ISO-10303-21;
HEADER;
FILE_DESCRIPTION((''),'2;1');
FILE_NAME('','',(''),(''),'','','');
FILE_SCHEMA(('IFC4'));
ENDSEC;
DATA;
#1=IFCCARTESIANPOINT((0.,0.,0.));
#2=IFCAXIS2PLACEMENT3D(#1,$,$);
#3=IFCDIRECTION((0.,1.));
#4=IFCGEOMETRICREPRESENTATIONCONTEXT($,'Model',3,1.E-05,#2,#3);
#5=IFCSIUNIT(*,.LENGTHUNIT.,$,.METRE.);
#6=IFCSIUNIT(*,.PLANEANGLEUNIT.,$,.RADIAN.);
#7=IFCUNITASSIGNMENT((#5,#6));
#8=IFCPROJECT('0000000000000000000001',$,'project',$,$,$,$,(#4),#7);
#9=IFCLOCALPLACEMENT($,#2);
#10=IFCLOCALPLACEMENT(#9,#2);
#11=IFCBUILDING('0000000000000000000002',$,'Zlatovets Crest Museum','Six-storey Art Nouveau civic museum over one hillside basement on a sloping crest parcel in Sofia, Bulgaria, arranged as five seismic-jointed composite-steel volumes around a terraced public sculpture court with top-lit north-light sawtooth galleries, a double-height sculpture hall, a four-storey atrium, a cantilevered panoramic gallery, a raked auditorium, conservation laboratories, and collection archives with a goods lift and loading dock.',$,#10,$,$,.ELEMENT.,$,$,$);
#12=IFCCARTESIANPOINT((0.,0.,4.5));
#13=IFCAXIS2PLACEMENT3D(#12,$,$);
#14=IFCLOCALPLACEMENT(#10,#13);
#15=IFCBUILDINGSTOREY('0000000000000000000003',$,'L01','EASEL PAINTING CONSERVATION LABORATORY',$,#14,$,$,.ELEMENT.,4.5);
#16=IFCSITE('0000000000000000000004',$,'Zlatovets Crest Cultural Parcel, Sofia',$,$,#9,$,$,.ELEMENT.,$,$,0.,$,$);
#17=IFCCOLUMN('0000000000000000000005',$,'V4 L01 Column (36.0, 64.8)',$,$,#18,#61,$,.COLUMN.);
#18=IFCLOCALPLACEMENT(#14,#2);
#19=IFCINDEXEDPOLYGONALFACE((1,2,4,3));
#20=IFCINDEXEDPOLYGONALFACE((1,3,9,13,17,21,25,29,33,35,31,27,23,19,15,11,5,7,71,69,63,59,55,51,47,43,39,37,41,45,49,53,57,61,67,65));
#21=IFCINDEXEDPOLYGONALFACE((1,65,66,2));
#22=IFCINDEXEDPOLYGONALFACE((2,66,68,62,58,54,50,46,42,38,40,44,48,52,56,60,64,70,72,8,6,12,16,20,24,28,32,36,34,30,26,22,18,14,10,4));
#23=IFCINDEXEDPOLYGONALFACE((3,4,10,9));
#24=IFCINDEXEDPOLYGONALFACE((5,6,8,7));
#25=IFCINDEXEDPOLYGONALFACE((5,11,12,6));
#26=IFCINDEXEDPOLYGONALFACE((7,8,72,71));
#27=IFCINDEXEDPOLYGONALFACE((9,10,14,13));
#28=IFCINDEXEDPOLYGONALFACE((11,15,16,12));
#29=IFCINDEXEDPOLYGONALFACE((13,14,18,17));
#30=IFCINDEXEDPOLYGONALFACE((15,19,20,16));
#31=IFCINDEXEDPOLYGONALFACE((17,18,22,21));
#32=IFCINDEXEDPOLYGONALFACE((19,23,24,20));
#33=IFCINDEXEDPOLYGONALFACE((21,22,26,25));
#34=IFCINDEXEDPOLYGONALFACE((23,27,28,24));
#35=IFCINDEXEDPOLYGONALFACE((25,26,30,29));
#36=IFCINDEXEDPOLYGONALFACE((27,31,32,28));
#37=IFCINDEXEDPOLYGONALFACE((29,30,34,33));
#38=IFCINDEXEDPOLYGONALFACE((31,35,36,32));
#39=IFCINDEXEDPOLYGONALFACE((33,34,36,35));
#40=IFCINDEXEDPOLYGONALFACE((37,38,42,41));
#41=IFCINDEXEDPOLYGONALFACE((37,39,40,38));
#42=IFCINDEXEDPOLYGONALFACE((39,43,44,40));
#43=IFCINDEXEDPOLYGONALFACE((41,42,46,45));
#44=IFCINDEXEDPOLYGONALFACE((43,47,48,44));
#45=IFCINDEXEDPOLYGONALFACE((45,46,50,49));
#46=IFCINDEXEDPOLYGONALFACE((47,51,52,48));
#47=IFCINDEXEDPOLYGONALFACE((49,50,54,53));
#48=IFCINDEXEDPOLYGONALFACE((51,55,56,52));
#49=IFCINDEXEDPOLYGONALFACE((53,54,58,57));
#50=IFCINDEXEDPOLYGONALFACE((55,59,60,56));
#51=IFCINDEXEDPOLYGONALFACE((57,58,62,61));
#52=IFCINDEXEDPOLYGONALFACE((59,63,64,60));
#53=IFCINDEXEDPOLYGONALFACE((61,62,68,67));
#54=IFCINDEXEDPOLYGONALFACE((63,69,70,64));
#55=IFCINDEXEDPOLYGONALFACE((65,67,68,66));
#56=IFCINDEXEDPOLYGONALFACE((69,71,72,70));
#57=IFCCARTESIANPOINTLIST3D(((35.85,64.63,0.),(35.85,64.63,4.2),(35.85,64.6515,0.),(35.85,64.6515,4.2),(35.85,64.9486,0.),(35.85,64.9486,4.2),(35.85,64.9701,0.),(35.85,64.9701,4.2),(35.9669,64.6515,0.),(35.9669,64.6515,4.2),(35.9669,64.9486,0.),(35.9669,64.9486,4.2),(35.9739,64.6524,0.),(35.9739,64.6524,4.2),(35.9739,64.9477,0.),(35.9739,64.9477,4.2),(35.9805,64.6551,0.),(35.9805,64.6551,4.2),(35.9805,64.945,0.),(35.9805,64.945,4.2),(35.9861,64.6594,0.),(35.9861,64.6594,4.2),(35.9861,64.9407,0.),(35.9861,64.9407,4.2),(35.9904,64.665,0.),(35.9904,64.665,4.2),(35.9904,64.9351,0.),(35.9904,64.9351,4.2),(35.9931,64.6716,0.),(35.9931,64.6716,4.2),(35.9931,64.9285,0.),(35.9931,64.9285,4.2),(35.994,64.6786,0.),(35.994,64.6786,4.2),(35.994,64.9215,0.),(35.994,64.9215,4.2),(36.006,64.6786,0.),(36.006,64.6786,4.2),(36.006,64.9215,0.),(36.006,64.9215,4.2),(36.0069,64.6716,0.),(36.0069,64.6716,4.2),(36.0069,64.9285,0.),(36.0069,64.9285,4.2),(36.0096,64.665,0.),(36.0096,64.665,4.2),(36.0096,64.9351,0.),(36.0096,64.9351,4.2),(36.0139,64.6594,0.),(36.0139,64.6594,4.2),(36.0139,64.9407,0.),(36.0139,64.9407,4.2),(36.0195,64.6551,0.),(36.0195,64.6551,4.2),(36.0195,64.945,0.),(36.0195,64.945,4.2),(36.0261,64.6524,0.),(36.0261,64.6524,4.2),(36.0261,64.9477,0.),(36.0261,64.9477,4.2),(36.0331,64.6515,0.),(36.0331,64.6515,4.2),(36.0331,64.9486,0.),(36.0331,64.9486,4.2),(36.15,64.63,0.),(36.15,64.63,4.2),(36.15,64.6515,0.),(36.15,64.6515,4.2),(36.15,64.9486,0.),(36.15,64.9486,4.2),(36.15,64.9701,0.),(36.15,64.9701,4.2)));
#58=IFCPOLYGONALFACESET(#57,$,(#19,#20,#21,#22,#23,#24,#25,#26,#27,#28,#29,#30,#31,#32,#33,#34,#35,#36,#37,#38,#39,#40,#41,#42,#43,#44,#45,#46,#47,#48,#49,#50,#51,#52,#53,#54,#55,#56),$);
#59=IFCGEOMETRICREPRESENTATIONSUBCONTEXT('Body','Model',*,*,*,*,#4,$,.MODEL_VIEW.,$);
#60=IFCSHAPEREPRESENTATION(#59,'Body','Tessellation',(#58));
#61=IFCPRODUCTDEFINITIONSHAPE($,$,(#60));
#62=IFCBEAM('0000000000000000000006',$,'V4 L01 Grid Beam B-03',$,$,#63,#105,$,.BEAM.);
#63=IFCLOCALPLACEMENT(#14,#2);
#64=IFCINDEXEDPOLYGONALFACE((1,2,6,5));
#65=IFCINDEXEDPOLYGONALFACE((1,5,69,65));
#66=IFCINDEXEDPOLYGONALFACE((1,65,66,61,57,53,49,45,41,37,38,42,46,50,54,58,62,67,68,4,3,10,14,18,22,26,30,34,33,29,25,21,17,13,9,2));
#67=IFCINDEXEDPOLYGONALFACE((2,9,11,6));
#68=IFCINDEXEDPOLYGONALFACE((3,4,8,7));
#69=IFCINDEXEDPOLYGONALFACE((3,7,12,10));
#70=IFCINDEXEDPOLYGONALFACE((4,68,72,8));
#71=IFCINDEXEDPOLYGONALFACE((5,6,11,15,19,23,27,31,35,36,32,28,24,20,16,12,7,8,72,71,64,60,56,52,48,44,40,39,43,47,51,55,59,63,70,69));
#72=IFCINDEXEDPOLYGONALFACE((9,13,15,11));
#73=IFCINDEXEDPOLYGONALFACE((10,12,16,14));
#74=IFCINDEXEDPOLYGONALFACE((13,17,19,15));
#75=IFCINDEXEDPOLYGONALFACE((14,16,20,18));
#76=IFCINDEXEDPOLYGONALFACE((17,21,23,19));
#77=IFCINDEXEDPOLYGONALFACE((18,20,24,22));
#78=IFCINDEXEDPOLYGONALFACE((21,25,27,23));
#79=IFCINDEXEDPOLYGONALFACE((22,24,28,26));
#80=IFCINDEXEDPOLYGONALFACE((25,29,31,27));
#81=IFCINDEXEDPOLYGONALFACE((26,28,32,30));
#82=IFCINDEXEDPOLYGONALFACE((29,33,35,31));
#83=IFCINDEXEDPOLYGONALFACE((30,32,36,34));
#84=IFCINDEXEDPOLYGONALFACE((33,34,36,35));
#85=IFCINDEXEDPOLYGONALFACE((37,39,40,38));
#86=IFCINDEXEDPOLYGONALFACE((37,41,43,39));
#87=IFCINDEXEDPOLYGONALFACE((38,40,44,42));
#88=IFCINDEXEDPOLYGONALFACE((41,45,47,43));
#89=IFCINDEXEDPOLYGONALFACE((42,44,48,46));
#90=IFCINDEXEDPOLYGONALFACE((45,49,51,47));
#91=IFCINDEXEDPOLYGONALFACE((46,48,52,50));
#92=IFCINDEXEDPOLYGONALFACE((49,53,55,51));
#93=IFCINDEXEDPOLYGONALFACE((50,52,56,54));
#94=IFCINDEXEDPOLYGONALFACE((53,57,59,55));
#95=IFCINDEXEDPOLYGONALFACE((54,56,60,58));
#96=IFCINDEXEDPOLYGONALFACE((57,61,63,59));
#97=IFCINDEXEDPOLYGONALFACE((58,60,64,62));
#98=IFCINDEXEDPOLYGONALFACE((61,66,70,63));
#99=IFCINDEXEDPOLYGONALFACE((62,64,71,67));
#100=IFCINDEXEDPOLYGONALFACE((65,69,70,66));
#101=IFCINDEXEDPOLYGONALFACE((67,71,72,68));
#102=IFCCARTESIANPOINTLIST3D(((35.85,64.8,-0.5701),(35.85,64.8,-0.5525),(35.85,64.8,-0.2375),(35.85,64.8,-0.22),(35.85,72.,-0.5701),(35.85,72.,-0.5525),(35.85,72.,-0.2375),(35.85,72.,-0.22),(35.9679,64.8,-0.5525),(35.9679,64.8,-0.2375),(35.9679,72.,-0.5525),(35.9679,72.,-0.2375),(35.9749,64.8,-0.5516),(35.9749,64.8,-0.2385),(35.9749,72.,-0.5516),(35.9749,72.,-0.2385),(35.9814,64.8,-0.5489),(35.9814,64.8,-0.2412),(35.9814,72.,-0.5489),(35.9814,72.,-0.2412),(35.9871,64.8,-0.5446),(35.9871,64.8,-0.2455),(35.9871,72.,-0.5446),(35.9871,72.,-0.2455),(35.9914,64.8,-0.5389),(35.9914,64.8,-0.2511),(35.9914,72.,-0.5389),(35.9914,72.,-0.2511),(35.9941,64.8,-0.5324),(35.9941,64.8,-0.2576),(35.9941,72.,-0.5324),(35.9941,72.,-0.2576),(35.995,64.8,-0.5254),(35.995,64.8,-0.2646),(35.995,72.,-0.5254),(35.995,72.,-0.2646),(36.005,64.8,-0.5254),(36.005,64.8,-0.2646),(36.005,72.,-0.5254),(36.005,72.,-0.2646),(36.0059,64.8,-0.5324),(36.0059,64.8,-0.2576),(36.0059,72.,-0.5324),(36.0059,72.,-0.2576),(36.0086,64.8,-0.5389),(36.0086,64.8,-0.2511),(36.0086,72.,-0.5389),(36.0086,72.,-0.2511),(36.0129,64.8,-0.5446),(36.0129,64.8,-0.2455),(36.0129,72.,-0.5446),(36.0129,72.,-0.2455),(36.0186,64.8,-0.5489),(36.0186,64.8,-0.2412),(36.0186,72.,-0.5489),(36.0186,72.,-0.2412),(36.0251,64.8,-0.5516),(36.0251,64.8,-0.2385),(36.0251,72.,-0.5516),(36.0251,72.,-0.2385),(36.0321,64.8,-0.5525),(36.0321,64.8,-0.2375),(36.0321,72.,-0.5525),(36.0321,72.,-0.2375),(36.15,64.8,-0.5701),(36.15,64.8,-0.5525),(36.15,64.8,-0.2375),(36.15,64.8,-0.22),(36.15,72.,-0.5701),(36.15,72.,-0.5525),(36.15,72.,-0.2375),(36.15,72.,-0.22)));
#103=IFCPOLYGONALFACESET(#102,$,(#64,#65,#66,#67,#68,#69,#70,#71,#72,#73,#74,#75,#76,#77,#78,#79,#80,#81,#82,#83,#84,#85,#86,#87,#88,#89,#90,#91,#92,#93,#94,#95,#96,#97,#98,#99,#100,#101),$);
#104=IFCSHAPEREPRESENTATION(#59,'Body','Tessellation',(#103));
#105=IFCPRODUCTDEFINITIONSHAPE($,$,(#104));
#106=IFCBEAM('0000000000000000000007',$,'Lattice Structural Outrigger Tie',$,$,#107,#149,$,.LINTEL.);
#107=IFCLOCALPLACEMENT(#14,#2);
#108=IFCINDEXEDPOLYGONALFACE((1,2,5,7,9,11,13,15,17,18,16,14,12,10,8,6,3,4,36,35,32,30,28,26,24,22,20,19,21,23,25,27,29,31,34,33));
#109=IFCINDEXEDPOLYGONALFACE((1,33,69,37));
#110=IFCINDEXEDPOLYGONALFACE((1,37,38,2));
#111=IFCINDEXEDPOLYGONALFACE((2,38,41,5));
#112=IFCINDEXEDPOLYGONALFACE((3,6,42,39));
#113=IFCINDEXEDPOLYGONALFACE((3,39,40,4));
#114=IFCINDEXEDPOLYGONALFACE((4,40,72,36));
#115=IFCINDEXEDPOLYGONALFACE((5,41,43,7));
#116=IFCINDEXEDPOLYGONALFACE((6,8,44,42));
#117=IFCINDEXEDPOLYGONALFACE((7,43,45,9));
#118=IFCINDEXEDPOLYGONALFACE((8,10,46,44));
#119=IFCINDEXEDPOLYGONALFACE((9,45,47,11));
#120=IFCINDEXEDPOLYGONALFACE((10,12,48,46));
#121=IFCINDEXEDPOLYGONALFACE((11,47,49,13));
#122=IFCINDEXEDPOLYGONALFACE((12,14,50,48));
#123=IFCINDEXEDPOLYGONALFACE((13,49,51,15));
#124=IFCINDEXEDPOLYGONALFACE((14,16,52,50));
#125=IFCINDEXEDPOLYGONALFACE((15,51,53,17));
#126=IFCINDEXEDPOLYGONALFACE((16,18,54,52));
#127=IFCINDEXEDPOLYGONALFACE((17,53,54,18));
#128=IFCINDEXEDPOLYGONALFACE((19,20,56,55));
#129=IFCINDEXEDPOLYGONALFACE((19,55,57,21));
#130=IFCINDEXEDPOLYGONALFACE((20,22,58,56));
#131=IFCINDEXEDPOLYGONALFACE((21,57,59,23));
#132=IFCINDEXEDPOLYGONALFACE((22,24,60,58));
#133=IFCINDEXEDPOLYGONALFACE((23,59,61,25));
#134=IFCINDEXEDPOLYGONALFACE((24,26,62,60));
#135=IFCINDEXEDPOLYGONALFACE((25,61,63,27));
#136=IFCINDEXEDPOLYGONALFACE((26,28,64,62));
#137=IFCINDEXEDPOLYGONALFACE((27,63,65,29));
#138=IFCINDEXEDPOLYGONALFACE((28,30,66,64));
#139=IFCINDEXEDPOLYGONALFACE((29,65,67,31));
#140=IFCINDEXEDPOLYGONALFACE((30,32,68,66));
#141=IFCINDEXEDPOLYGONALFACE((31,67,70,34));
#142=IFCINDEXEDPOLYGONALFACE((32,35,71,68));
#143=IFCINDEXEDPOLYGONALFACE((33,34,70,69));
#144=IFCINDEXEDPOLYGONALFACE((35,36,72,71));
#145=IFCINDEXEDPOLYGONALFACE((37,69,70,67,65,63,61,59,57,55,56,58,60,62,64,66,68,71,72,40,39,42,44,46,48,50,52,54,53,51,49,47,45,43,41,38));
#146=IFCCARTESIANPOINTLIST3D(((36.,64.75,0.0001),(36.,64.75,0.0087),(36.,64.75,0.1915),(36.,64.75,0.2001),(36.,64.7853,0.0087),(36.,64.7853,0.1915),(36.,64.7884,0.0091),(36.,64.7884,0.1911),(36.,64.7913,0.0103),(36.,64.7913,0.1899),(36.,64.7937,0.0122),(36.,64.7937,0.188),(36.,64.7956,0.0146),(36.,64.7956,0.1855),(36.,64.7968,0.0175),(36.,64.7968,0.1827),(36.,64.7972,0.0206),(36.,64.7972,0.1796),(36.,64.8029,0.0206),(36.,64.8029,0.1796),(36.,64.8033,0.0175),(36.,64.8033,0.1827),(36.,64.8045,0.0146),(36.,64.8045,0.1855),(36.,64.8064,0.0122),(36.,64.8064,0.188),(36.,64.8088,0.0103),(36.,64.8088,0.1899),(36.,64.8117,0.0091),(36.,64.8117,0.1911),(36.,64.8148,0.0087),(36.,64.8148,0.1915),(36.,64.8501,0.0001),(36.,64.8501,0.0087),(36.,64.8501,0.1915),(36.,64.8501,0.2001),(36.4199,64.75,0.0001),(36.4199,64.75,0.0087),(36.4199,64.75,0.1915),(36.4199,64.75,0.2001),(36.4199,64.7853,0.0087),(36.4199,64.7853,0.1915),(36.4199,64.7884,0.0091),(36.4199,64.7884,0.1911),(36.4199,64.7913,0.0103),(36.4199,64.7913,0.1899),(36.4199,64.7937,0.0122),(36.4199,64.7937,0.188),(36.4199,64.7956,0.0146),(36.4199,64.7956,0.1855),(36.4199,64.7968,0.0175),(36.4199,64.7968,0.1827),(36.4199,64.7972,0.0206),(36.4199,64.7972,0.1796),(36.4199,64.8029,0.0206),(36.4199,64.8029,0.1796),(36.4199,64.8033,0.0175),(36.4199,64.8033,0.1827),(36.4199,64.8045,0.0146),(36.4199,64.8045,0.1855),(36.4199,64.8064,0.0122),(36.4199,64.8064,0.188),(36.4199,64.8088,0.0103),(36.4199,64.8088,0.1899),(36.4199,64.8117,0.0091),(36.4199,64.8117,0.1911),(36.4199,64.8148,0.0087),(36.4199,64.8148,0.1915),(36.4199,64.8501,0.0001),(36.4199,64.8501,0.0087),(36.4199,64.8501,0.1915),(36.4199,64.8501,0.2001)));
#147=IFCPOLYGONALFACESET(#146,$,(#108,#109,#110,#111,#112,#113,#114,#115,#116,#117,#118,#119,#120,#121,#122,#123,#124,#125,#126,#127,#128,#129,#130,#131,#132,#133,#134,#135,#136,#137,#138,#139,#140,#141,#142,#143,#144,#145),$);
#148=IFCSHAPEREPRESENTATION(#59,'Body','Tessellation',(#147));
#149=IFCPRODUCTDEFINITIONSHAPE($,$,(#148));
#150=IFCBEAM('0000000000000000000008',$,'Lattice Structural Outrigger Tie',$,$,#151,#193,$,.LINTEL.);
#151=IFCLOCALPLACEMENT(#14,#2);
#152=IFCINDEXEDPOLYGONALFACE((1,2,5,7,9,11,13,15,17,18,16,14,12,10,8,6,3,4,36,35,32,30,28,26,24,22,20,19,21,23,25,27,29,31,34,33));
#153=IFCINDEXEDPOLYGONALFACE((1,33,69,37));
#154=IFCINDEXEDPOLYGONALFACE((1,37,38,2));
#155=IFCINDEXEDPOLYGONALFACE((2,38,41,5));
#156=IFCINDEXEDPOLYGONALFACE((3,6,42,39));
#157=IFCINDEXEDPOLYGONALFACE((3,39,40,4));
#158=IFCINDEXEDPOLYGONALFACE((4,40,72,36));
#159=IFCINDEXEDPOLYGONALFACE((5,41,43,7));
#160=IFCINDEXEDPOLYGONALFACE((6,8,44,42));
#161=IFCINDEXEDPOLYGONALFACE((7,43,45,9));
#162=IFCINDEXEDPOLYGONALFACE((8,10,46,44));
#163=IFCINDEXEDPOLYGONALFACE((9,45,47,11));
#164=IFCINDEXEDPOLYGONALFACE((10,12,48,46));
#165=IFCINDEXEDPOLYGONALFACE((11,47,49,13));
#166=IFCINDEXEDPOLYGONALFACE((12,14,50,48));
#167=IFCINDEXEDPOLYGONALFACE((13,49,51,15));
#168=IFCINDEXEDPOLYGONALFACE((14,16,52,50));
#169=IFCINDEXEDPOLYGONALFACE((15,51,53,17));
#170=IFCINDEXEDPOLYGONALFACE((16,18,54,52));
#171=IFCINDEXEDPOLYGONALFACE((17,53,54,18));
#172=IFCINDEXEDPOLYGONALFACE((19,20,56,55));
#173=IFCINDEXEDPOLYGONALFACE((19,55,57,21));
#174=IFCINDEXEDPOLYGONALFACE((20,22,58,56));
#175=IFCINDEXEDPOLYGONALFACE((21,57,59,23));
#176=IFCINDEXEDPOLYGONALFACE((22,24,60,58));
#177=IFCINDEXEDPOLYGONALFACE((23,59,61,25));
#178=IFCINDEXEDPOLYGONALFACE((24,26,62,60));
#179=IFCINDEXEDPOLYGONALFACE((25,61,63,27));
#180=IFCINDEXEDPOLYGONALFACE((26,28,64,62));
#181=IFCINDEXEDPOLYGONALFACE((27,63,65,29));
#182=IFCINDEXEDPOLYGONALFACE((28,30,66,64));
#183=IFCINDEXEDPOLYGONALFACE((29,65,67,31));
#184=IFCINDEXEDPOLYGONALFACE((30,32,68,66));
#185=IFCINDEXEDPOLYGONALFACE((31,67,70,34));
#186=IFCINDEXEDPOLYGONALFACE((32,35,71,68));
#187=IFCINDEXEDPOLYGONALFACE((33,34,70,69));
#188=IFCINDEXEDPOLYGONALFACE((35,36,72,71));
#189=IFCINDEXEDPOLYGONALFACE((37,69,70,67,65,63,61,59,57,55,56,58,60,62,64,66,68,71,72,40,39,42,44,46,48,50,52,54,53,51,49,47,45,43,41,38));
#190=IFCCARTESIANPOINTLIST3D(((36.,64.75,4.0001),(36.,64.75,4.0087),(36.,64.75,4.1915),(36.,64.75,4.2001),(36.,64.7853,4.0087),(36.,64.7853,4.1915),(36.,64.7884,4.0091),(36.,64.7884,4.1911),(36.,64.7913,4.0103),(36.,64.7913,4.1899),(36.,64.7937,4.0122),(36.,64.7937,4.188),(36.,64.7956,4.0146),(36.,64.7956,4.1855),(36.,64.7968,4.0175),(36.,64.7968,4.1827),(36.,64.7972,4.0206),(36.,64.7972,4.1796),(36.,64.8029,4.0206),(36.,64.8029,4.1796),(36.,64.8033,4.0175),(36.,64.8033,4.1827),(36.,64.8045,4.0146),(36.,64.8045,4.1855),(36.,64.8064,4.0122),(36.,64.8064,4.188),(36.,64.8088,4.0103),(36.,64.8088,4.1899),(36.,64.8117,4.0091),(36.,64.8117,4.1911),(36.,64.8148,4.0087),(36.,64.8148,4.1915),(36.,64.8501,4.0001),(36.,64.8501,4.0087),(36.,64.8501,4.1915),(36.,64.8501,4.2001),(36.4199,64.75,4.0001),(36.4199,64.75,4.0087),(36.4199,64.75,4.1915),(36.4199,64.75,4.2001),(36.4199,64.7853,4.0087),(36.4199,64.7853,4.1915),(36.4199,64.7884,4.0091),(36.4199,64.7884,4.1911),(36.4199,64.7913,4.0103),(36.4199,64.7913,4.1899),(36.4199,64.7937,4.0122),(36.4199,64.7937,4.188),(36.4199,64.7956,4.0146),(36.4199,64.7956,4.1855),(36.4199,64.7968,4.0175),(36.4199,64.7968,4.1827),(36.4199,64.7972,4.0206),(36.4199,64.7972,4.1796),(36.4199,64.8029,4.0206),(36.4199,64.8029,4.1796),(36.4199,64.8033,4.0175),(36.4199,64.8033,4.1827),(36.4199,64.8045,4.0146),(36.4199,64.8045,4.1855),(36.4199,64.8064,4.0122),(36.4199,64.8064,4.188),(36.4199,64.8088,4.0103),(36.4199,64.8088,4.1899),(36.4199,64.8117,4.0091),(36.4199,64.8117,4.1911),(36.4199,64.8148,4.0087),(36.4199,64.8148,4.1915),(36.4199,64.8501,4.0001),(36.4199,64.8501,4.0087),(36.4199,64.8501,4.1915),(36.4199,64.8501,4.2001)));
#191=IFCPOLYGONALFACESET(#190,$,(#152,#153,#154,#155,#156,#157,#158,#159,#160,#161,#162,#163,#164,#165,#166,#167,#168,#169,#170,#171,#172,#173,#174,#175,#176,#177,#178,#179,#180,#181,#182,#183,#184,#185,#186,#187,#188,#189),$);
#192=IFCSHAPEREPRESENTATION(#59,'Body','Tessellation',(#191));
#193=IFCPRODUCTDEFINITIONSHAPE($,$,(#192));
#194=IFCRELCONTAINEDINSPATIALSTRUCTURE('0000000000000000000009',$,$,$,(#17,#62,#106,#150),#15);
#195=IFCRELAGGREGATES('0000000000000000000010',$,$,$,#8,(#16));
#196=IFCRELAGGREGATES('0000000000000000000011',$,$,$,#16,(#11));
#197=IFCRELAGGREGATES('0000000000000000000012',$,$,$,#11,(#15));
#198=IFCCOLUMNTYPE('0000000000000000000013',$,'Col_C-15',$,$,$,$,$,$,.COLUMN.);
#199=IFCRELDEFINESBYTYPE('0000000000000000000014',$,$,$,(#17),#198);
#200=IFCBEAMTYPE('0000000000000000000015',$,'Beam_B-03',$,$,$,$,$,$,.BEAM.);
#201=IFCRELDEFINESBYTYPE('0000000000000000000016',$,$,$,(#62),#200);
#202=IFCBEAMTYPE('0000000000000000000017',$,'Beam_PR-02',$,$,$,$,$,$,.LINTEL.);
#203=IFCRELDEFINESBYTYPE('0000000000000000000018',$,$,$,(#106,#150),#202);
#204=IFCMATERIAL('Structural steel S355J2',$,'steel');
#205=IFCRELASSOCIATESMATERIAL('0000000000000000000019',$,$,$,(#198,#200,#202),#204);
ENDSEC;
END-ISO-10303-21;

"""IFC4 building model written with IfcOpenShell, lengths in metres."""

from ifc_helpers import new_model, si_unit, direction, frame, origin, origin_2d, place, context, subcontext, project, spatial, i_section, extrude, material, material_profile, profile_set, type_object, element, save


model = new_model("IFC4")

# Units and contexts
model_context = context("Model", 3, precision=1e-05, world=origin(), true_north=direction((0.0, 1.0)))
body_context = subcontext(model_context, "Body", "Model", "MODEL_VIEW")
ifc_project = project(units=[si_unit("LENGTHUNIT", "METRE"), si_unit("PLANEANGLEUNIT", "RADIAN")], contexts=[model_context])

# Site, building, storey
site_placement = place(None, origin())
site = spatial("IfcSite", under=ifc_project, at=site_placement, Name="Zlatovets Crest Cultural Parcel, Sofia", CompositionType="ELEMENT", RefElevation=0.0)
building_placement = place(site_placement, origin())
building = spatial("IfcBuilding", under=site, at=building_placement, Name="Zlatovets Crest Museum", Description="Six-storey Art Nouveau civic museum over one hillside basement on a sloping crest parcel in Sofia, Bulgaria, arranged as five seismic-jointed composite-steel volumes around a terraced public sculpture court with top-lit north-light sawtooth galleries, a double-height sculpture hall, a four-storey atrium, a cantilevered panoramic gallery, a raked auditorium, conservation laboratories, and collection archives with a goods lift and loading dock.", CompositionType="ELEMENT")
storey_placement = place(building_placement, frame((0.0, 0.0, 4.5)))
storey = spatial("IfcBuildingStorey", under=building, at=storey_placement, Name="L01", Description="EASEL PAINTING CONSERVATION LABORATORY", CompositionType="ELEMENT", Elevation=4.5)

# Column
ifc_material_1 = material(Name="Structural steel S355J2", Category="steel")
ifc_material_profile_1 = material_profile(ifc_material_1, i_section(OverallWidth=0.3, OverallDepth=0.3401, WebThickness=0.012, FlangeThickness=0.0215, FilletRadius=0.0271, at=origin_2d()), Name="HEB 340")
ifc_profile_set_1 = profile_set([ifc_material_profile_1], Name="Structural steel S355J2")
column_type = type_object("IfcColumnType", Name="Col_C-15", PredefinedType="COLUMN", material=ifc_profile_set_1)
column_placement = place(storey_placement, frame((36.0, 64.8, 0.0), z_axis=(0.0, 0.0, 1.0), x_axis=(1.0, 0.0, 0.0)))
element("IfcColumn", 1, at=column_placement, inside=storey, type_object=column_type, Name="V4 L01 Column (36.0, 64.8)", PredefinedType="COLUMN", context=body_context, shape_type="SweptSolid", body=[
    extrude(i_section(OverallWidth=0.3, OverallDepth=0.3401, WebThickness=0.012, FlangeThickness=0.0215, FilletRadius=0.0271, at=origin_2d()), origin(), (0.0, 0.0, 1.0), 4.2),
])

# Beams
ifc_material_profile_2 = material_profile(ifc_material_1, i_section(OverallWidth=0.3, OverallDepth=0.3501, WebThickness=0.01, FlangeThickness=0.0176, FilletRadius=0.0271, at=origin_2d()), Name="HEA 360")
ifc_profile_set_2 = profile_set([ifc_material_profile_2], Name="Structural steel S355J2")
beam_type_1 = type_object("IfcBeamType", Name="Beam_B-03", PredefinedType="BEAM", material=ifc_profile_set_2)
beam_placement = place(storey_placement, frame((36.0, 64.8, -0.395), z_axis=(0.0, 1.0, 0.0), x_axis=(-1.0, 0.0, 0.0)))
element("IfcBeam", 2, at=beam_placement, inside=storey, type_object=beam_type_1, Name="V4 L01 Grid Beam B-03", PredefinedType="BEAM", context=body_context, shape_type="SweptSolid", body=[
    extrude(i_section(OverallWidth=0.3, OverallDepth=0.3501, WebThickness=0.01, FlangeThickness=0.0176, FilletRadius=0.0271, at=origin_2d()), origin(), (0.0, 0.0, 1.0), 7.2),
])
ifc_material_profile_3 = material_profile(ifc_material_1, i_section(OverallWidth=0.1001, OverallDepth=0.2, WebThickness=0.0056, FlangeThickness=0.0085, FilletRadius=0.012, at=origin_2d()), Name="IPE 200")
ifc_profile_set_3 = profile_set([ifc_material_profile_3], Name="Structural steel S355J2")
beam_type_2 = type_object("IfcBeamType", Name="Beam_PR-02", PredefinedType="LINTEL", material=ifc_profile_set_3)
for number, where, z_axis, x_axis, name in (
    (3, (36.0, 64.8, 0.1001), (1.0, 0.0, 0.0), (0.0, 1.0, 0.0), "Lattice Structural Outrigger Tie"),
    (4, (36.0, 64.8, 4.1001), (1.0, 0.0, 0.0), (0.0, 1.0, 0.0), "Lattice Structural Outrigger Tie"),
):
    element("IfcBeam", number, at=place(storey_placement, frame(where, z_axis=z_axis, x_axis=x_axis)), inside=storey, type_object=beam_type_2, Name=name, PredefinedType="LINTEL", context=body_context, shape_type="SweptSolid", body=[
        extrude(i_section(OverallWidth=0.1001, OverallDepth=0.2, WebThickness=0.0056, FlangeThickness=0.0085, FilletRadius=0.012, at=origin_2d()), origin(), (0.0, 0.0, 1.0), 0.4199),
    ])

save(model, "model.ifc")
